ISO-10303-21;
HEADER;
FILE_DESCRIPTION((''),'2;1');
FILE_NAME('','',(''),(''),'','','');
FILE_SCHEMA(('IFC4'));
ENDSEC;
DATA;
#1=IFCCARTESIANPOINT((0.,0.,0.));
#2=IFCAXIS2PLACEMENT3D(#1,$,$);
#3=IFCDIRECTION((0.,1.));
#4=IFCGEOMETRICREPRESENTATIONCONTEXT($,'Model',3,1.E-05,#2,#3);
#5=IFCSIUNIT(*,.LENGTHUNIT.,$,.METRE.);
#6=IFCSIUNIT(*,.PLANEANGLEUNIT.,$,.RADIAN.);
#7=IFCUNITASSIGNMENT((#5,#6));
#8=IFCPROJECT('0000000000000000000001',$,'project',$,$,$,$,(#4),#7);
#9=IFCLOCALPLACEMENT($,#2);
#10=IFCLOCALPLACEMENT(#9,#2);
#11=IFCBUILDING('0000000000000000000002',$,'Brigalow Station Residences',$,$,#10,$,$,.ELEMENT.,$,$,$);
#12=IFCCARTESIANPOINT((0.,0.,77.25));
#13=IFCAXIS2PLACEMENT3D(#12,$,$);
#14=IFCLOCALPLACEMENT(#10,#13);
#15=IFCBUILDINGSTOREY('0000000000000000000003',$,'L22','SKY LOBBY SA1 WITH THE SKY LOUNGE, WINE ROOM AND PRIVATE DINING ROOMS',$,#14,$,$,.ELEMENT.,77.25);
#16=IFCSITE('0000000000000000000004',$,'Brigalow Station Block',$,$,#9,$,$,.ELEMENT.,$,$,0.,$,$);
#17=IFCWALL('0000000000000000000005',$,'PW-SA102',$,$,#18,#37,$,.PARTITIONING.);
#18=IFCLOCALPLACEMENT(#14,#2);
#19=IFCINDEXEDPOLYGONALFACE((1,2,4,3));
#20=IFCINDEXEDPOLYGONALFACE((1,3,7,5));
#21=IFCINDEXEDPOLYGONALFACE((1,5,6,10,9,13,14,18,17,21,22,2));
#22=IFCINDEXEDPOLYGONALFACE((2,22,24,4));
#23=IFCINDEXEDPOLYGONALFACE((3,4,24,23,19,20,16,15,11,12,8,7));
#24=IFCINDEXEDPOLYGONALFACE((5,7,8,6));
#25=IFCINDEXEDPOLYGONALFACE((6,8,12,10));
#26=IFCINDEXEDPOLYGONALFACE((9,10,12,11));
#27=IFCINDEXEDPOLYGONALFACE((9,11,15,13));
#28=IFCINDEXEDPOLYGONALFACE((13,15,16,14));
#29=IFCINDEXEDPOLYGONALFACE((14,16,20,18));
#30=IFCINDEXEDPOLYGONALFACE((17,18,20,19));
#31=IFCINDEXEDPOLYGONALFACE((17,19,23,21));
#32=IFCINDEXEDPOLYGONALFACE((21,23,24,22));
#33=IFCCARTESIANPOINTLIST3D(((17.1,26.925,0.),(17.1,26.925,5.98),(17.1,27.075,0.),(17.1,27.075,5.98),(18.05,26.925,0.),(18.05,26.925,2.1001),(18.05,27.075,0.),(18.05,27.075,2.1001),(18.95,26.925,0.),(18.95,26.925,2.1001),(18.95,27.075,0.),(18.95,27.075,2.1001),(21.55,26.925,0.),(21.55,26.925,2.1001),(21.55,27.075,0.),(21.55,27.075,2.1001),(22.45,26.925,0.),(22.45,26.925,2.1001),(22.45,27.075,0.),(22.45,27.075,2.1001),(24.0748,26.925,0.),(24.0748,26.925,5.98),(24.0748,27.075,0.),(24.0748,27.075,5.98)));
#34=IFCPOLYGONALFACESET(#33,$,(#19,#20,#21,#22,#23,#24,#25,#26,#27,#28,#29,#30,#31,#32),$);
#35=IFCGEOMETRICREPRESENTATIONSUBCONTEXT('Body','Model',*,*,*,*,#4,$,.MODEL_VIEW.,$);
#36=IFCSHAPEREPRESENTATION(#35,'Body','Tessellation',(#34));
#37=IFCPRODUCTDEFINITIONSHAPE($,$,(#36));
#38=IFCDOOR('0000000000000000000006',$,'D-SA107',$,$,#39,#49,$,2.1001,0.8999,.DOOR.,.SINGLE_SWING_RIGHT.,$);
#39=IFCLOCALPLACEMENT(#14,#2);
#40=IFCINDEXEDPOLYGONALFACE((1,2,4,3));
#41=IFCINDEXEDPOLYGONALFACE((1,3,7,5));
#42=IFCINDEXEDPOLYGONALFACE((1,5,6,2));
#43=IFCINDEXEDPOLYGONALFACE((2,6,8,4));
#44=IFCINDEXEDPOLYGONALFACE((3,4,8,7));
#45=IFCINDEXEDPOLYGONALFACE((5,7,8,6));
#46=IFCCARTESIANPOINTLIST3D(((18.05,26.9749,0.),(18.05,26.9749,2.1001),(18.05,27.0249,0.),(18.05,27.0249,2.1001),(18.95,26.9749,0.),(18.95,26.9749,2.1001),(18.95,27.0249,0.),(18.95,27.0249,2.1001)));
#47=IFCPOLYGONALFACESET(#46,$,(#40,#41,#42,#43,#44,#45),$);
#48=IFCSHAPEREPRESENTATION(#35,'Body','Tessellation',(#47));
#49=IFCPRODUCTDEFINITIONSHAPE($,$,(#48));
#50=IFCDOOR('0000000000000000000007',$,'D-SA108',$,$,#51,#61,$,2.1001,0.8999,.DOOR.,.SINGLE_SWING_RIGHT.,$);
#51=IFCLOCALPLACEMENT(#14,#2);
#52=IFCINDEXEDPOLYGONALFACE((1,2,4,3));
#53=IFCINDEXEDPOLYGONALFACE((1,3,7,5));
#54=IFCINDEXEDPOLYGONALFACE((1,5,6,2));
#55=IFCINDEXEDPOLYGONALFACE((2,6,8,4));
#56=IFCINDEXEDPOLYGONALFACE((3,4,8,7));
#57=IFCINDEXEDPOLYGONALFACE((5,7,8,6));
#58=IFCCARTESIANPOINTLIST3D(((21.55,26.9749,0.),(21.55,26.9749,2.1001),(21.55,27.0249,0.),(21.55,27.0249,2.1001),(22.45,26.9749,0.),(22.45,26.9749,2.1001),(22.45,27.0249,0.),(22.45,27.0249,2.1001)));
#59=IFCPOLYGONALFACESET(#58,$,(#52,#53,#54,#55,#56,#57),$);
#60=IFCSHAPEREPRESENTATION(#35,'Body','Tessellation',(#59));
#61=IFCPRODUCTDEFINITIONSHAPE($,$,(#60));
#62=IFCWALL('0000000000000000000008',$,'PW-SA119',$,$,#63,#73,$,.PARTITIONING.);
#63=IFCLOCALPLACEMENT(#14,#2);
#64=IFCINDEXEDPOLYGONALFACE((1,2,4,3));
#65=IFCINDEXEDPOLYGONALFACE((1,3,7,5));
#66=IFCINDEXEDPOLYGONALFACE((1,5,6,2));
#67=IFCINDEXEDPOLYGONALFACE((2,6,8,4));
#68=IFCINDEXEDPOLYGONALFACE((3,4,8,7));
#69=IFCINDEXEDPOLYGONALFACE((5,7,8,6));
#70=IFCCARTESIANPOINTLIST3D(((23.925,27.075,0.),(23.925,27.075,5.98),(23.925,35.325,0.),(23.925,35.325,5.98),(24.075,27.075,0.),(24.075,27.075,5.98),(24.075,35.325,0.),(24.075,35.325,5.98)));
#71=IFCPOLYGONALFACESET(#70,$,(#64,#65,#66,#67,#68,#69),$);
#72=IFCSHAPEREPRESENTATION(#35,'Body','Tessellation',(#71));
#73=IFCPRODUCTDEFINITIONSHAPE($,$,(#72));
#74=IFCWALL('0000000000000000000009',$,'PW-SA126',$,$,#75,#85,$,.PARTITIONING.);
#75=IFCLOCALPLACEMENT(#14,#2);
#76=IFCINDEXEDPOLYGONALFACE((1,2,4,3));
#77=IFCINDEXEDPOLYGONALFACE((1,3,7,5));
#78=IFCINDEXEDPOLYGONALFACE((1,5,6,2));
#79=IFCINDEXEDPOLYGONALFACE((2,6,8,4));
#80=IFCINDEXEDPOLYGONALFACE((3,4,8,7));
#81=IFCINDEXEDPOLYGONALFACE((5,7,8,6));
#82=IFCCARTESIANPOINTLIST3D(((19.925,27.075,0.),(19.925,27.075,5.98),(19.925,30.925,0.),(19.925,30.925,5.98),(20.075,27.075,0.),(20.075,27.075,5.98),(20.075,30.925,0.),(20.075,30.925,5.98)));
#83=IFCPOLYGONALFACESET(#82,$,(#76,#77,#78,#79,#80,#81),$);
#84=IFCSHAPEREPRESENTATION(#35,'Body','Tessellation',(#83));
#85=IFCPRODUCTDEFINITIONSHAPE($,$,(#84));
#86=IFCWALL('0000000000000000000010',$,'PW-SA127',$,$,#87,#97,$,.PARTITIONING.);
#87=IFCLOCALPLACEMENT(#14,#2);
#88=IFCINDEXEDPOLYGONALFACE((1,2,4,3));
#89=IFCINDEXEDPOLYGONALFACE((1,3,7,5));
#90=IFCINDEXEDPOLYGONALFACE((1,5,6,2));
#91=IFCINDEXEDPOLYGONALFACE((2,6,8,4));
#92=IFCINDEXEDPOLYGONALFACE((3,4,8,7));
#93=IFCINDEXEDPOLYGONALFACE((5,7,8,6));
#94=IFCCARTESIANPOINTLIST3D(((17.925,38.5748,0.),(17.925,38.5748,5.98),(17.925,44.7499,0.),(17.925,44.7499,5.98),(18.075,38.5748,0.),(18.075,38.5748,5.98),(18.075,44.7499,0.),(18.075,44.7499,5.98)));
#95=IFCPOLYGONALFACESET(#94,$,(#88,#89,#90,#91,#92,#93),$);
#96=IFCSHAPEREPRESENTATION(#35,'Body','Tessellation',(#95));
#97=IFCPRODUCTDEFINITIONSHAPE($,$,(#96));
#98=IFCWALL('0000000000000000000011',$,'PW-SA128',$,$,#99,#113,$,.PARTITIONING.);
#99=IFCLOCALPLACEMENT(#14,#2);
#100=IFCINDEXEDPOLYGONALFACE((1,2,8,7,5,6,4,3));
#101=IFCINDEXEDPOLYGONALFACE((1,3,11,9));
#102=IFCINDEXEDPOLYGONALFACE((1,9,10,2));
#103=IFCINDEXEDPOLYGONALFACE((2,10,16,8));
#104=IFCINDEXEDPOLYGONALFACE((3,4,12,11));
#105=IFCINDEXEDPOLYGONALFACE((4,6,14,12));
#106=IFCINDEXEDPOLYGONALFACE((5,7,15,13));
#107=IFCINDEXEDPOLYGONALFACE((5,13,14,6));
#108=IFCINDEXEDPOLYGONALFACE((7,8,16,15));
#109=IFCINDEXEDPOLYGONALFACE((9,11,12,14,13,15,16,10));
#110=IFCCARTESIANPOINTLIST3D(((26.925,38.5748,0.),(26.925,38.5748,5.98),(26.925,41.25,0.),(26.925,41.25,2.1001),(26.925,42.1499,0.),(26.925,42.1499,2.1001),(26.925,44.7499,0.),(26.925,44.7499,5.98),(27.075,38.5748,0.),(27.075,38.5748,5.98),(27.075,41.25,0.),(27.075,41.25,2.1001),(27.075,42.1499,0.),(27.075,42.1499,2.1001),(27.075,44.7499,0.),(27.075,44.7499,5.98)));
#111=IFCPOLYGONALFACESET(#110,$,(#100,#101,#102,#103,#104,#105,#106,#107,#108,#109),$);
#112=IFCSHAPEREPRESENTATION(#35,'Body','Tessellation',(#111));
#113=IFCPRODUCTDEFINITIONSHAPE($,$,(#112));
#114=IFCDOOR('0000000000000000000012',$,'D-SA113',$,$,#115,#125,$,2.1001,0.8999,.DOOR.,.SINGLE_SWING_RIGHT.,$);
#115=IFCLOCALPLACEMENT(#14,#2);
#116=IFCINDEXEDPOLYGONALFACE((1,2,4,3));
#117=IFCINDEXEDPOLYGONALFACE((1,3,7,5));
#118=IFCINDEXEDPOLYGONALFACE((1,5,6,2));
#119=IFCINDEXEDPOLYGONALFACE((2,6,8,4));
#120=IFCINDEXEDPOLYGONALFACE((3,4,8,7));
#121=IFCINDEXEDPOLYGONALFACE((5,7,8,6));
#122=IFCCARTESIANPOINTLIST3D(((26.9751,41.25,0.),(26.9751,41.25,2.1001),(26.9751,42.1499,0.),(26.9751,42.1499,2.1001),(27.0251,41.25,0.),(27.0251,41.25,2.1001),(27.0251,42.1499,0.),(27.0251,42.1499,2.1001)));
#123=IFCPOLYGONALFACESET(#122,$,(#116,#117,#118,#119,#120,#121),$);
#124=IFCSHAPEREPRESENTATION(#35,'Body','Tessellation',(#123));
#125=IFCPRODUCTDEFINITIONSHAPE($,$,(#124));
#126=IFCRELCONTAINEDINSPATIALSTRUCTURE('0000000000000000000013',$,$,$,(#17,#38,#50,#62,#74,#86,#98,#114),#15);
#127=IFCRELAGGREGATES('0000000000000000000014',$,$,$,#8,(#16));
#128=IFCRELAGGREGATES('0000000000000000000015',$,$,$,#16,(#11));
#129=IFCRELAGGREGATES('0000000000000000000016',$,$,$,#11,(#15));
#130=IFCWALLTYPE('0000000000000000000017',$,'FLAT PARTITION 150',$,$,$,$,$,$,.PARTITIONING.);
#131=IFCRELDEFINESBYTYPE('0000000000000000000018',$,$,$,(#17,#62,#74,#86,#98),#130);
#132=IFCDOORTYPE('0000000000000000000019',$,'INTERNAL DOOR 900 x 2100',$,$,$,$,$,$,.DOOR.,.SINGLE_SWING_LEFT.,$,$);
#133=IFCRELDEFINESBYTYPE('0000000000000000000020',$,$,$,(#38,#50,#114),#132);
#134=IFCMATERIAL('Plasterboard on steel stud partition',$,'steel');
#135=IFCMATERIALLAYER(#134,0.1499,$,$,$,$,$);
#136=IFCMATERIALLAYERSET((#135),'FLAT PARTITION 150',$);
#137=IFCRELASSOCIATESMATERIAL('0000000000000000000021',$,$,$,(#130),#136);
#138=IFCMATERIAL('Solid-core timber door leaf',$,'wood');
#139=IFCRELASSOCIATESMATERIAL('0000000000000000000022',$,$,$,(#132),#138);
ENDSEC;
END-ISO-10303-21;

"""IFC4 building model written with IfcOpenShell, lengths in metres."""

from ifc_helpers import new_model, si_unit, direction, frame, frame_2d, origin, place, context, subcontext, project, spatial, rectangle, extrude, material, layer, layer_set, type_object, element, fill, save


model = new_model("IFC4")

# Units and contexts
model_context = context("Model", 3, precision=1e-05, world=origin(), true_north=direction((0.0, 1.0)))
body_context = subcontext(model_context, "Body", "Model", "MODEL_VIEW")
ifc_project = project(units=[si_unit("LENGTHUNIT", "METRE"), si_unit("PLANEANGLEUNIT", "RADIAN")], contexts=[model_context])

# Site, building, storey
site_placement = place(None, origin())
site = spatial("IfcSite", under=ifc_project, at=site_placement, Name="Brigalow Station Block", CompositionType="ELEMENT", RefElevation=0.0)
building_placement = place(site_placement, origin())
building = spatial("IfcBuilding", under=site, at=building_placement, Name="Brigalow Station Residences", CompositionType="ELEMENT")
storey_placement = place(building_placement, frame((0.0, 0.0, 77.25)))
storey = spatial("IfcBuildingStorey", under=building, at=storey_placement, Name="L22", Description="SKY LOBBY SA1 WITH THE SKY LOUNGE, WINE ROOM AND PRIVATE DINING ROOMS", CompositionType="ELEMENT", Elevation=77.25)

# Wall, openings, doors
ifc_material_1 = material(Name="Plasterboard on steel stud partition", Category="steel")
ifc_layer_1 = layer(ifc_material_1, 0.1499)
ifc_layer_set_1 = layer_set([ifc_layer_1], Name="FLAT PARTITION 150")
wall_type = type_object("IfcWallType", Name="FLAT PARTITION 150", PredefinedType="PARTITIONING", material=ifc_layer_set_1)
wall_1_placement = place(storey_placement, frame((17.1001, 27.0, 0.0), z_axis=(0.0, 0.0, 1.0), x_axis=(1.0, 0.0, 0.0)))
wall_1 = element("IfcWall", 1, at=wall_1_placement, inside=storey, type_object=wall_type, Name="PW-SA102", PredefinedType="PARTITIONING", context=body_context, shape_type="SweptSolid", body=[
    extrude(rectangle(XDim=6.9749, YDim=0.1499, at=frame_2d((3.4873, 0.0))), origin(), (0.0, 0.0, 1.0), 5.98),
])
opening_1_placement = place(wall_1_placement, frame((0.95, 0.0, 0.0)))
opening_1 = element("IfcOpeningElement", 2, at=opening_1_placement, cuts=wall_1, PredefinedType="OPENING", context=body_context, shape_type="SweptSolid", body=[
    extrude(rectangle(XDim=0.8999, YDim=2.1001, at=frame_2d((0.45, 1.05))), frame((0.0, 0.085, 0.0), z_axis=(0.0, -1.0, 0.0), x_axis=(1.0, 0.0, 0.0)), (0.0, 0.0, 1.0), 0.1699),
])
opening_2_placement = place(wall_1_placement, frame((4.45, 0.0, 0.0)))
opening_2 = element("IfcOpeningElement", 3, at=opening_2_placement, cuts=wall_1, PredefinedType="OPENING", context=body_context, shape_type="SweptSolid", body=[
    extrude(rectangle(XDim=0.8999, YDim=2.1001, at=frame_2d((0.45, 1.05))), frame((0.0, 0.085, 0.0), z_axis=(0.0, -1.0, 0.0), x_axis=(1.0, 0.0, 0.0)), (0.0, 0.0, 1.0), 0.1699),
])
ifc_material_2 = material(Name="Solid-core timber door leaf", Category="wood")
door_type = type_object("IfcDoorType", Name="INTERNAL DOOR 900 x 2100", OperationType="SINGLE_SWING_LEFT", PredefinedType="DOOR", material=ifc_material_2)
door_1_placement = place(opening_1_placement, origin())
door_1 = element("IfcDoor", 4, at=door_1_placement, inside=storey, type_object=door_type, Name="D-SA107", OperationType="SINGLE_SWING_RIGHT", OverallHeight=2.1001, OverallWidth=0.8999, PredefinedType="DOOR", context=body_context, shape_type="SweptSolid", body=[
    extrude(rectangle(XDim=0.8999, YDim=2.1001, at=frame_2d((0.45, 1.05))), frame((0.0, 0.0249, 0.0), z_axis=(0.0, -1.0, 0.0), x_axis=(1.0, 0.0, 0.0)), (0.0, 0.0, 1.0), 0.05),
])
fill(opening_1, door_1)
door_2_placement = place(opening_2_placement, origin())
door_2 = element("IfcDoor", 5, at=door_2_placement, inside=storey, type_object=door_type, Name="D-SA108", OperationType="SINGLE_SWING_RIGHT", OverallHeight=2.1001, OverallWidth=0.8999, PredefinedType="DOOR", context=body_context, shape_type="SweptSolid", body=[
    extrude(rectangle(XDim=0.8999, YDim=2.1001, at=frame_2d((0.45, 1.05))), frame((0.0, 0.0249, 0.0), z_axis=(0.0, -1.0, 0.0), x_axis=(1.0, 0.0, 0.0)), (0.0, 0.0, 1.0), 0.05),
])
fill(opening_2, door_2)

# Walls
wall_2_placement = place(storey_placement, frame((24.0, 27.075, 0.0), z_axis=(0.0, 0.0, 1.0), x_axis=(0.0, 1.0, 0.0)))
element("IfcWall", 6, at=wall_2_placement, inside=storey, type_object=wall_type, Name="PW-SA119", PredefinedType="PARTITIONING", context=body_context, shape_type="SweptSolid", body=[
    extrude(rectangle(XDim=8.25, YDim=0.1499, at=frame_2d((4.125, 0.0))), origin(), (0.0, 0.0, 1.0), 5.98),
])
wall_3_placement = place(storey_placement, frame((20.0, 27.075, 0.0), z_axis=(0.0, 0.0, 1.0), x_axis=(0.0, 1.0, 0.0)))
element("IfcWall", 7, at=wall_3_placement, inside=storey, type_object=wall_type, Name="PW-SA126", PredefinedType="PARTITIONING", context=body_context, shape_type="SweptSolid", body=[
    extrude(rectangle(XDim=3.8501, YDim=0.1499, at=frame_2d((1.925, 0.0))), origin(), (0.0, 0.0, 1.0), 5.98),
])
wall_4_placement = place(storey_placement, frame((18.0, 38.575, 0.0), z_axis=(0.0, 0.0, 1.0), x_axis=(0.0, 1.0, 0.0)))
element("IfcWall", 8, at=wall_4_placement, inside=storey, type_object=wall_type, Name="PW-SA127", PredefinedType="PARTITIONING", context=body_context, shape_type="SweptSolid", body=[
    extrude(rectangle(XDim=6.175, YDim=0.1499, at=frame_2d((3.0874, 0.0))), origin(), (0.0, 0.0, 1.0), 5.98),
])

# Wall, opening, door
wall_5_placement = place(storey_placement, frame((27.0, 38.575, 0.0), z_axis=(0.0, 0.0, 1.0), x_axis=(0.0, 1.0, 0.0)))
wall_5 = element("IfcWall", 9, at=wall_5_placement, inside=storey, type_object=wall_type, Name="PW-SA128", PredefinedType="PARTITIONING", context=body_context, shape_type="SweptSolid", body=[
    extrude(rectangle(XDim=6.175, YDim=0.1499, at=frame_2d((3.0874, 0.0))), origin(), (0.0, 0.0, 1.0), 5.98),
])
opening_3_placement = place(wall_5_placement, frame((2.675, 0.0, 0.0)))
opening_3 = element("IfcOpeningElement", 10, at=opening_3_placement, cuts=wall_5, PredefinedType="OPENING", context=body_context, shape_type="SweptSolid", body=[
    extrude(rectangle(XDim=0.8999, YDim=2.1001, at=frame_2d((0.45, 1.05))), frame((0.0, 0.085, 0.0), z_axis=(0.0, -1.0, 0.0), x_axis=(1.0, 0.0, 0.0)), (0.0, 0.0, 1.0), 0.1699),
])
door_3_placement = place(opening_3_placement, origin())
door_3 = element("IfcDoor", 11, at=door_3_placement, inside=storey, type_object=door_type, Name="D-SA113", OperationType="SINGLE_SWING_RIGHT", OverallHeight=2.1001, OverallWidth=0.8999, PredefinedType="DOOR", context=body_context, shape_type="SweptSolid", body=[
    extrude(rectangle(XDim=0.8999, YDim=2.1001, at=frame_2d((0.45, 1.05))), frame((0.0, 0.0249, 0.0), z_axis=(0.0, -1.0, 0.0), x_axis=(1.0, 0.0, 0.0)), (0.0, 0.0, 1.0), 0.05),
])
fill(opening_3, door_3)

save(model, "model.ifc")
